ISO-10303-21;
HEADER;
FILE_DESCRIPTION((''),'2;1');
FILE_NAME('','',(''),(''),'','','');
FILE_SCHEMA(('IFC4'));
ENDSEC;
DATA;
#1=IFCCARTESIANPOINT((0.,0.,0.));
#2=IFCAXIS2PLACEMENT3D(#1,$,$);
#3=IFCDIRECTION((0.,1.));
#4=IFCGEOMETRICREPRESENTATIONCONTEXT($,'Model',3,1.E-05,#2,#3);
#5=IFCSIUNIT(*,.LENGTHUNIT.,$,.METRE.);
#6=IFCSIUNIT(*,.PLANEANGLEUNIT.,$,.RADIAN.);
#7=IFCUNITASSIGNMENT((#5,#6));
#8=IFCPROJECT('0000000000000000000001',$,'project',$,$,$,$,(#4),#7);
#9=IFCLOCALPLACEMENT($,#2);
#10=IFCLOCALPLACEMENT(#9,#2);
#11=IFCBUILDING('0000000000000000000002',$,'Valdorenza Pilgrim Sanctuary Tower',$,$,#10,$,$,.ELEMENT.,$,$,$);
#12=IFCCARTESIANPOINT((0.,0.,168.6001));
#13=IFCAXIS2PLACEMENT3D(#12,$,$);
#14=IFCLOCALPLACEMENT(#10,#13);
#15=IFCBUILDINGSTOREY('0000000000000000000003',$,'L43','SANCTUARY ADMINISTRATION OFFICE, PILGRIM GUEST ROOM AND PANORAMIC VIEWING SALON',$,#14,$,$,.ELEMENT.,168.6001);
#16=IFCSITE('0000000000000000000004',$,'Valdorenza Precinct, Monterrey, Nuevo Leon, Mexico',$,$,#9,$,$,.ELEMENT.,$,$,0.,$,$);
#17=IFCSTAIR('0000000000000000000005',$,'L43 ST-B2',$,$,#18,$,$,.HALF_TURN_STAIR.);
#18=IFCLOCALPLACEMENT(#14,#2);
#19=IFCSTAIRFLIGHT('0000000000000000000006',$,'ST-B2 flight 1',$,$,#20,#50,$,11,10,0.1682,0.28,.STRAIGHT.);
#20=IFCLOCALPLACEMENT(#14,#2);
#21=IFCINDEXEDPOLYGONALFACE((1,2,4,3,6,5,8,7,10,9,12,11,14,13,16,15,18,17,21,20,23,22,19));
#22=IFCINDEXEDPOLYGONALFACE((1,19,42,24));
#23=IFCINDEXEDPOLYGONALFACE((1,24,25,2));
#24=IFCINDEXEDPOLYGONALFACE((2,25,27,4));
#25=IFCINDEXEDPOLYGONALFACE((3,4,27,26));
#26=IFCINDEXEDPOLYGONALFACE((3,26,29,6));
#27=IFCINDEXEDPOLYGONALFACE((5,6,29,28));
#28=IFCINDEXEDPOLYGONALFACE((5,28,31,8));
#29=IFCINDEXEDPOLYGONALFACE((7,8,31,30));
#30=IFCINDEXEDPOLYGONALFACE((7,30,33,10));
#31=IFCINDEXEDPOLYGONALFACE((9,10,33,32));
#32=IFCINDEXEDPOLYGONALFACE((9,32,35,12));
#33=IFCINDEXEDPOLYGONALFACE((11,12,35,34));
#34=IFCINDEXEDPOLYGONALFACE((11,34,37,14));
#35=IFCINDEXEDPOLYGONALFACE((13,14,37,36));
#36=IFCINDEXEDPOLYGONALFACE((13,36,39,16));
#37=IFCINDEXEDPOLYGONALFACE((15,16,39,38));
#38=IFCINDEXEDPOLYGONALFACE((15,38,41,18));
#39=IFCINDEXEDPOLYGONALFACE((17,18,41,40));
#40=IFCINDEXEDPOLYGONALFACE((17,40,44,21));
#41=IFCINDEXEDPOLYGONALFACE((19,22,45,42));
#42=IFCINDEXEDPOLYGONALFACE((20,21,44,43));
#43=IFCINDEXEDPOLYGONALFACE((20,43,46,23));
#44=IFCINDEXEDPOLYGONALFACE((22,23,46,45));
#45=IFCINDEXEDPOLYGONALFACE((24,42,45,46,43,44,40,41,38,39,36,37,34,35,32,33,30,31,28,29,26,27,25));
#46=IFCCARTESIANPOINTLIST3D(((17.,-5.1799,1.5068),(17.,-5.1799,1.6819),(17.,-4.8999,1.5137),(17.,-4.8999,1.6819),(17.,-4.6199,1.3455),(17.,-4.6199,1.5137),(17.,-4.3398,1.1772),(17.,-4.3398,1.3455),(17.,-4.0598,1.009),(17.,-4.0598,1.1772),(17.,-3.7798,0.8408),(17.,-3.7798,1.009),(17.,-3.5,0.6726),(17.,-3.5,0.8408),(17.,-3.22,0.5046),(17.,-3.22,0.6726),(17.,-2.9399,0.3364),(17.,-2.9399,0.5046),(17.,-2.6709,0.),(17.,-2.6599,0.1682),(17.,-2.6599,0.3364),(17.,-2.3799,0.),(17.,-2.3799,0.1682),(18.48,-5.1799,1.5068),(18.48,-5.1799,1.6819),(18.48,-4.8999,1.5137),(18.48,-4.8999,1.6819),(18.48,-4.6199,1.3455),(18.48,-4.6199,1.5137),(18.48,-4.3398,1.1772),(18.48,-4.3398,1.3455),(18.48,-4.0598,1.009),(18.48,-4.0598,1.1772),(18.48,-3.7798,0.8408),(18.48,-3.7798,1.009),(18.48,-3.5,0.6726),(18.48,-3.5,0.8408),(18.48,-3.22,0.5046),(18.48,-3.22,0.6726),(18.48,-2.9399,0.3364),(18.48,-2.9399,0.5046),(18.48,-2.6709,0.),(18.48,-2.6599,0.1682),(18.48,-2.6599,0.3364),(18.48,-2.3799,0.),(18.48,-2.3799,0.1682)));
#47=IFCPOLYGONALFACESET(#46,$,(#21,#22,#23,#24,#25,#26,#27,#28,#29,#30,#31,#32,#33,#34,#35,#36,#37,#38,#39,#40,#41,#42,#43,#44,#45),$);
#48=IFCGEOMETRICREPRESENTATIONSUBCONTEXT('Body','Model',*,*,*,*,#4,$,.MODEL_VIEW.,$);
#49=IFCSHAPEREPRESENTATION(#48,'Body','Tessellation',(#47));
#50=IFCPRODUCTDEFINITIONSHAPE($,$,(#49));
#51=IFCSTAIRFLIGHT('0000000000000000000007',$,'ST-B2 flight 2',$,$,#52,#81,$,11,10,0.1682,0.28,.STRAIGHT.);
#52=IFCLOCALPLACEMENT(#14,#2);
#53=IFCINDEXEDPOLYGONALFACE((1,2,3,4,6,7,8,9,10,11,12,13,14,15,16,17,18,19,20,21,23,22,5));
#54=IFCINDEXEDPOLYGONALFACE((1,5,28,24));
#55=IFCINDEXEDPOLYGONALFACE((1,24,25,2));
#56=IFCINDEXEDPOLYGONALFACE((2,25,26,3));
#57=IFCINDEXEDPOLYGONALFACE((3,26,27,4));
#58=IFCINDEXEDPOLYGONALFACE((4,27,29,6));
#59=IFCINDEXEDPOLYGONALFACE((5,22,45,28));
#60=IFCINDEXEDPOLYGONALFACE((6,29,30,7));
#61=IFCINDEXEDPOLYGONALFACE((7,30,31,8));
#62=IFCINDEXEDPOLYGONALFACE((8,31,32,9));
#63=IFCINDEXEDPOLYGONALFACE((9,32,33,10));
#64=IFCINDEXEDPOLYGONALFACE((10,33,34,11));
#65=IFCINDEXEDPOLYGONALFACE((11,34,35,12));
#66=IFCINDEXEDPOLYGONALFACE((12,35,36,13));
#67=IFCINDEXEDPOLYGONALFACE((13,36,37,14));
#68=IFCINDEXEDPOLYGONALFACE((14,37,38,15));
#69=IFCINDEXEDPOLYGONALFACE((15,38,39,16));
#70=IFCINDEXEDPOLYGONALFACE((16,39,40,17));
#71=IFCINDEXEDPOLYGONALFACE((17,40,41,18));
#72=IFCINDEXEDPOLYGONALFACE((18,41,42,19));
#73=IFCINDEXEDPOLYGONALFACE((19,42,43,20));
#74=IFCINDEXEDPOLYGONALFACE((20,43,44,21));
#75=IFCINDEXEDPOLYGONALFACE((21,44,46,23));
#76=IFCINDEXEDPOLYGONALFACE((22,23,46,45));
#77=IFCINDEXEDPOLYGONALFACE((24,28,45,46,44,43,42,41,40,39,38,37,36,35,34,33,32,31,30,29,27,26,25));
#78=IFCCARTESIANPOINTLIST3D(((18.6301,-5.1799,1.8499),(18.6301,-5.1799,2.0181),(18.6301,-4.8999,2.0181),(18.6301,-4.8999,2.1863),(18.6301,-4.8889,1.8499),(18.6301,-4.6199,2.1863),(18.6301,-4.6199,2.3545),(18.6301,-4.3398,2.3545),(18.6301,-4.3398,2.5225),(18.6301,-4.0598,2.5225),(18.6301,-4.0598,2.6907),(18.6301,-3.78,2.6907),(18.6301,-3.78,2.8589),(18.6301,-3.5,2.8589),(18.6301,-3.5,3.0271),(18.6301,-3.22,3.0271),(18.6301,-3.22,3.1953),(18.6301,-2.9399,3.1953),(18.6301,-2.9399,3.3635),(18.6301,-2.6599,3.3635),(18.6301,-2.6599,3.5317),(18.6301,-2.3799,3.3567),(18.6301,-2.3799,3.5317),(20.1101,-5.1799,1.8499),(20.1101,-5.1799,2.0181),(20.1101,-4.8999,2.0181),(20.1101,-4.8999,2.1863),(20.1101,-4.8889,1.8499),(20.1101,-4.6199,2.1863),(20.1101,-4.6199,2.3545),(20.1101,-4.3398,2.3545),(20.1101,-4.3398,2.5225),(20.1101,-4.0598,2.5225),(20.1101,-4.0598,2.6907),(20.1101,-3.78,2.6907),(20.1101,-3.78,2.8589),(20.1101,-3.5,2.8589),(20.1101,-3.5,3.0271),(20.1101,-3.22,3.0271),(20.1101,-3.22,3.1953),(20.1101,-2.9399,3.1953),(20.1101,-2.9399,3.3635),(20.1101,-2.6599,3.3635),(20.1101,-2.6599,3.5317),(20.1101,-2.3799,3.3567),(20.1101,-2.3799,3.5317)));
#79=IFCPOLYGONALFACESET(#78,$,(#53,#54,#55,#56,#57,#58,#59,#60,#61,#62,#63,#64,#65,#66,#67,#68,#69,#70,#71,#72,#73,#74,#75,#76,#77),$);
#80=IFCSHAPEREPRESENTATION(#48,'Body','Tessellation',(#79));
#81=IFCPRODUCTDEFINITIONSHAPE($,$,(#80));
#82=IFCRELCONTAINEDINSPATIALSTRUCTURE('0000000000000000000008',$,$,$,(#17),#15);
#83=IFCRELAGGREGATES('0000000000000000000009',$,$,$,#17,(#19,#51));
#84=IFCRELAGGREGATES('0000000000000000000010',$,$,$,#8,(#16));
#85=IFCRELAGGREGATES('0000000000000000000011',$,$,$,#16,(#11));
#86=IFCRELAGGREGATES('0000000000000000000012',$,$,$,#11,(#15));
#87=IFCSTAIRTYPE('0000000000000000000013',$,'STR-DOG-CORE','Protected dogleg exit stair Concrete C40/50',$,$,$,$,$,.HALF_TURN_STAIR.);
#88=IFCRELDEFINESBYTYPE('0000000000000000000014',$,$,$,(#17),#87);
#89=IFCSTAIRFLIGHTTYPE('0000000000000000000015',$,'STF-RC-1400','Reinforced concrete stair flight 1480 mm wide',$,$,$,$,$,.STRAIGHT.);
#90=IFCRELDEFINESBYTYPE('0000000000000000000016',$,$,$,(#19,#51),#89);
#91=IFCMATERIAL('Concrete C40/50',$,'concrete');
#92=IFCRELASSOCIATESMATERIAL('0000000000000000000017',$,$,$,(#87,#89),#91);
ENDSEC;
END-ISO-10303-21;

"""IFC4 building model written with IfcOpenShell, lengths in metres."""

from ifc_helpers import new_model, si_unit, direction, frame, origin, place, context, subcontext, project, spatial, polyline, outline, extrude, material, type_object, element, aggregate, save


model = new_model("IFC4")

# Units and contexts
model_context = context("Model", 3, precision=1e-05, world=origin(), true_north=direction((0.0, 1.0)))
body_context = subcontext(model_context, "Body", "Model", "MODEL_VIEW")
ifc_project = project(units=[si_unit("LENGTHUNIT", "METRE"), si_unit("PLANEANGLEUNIT", "RADIAN")], contexts=[model_context])

# Site, building, storey
site_placement = place(None, origin())
site = spatial("IfcSite", under=ifc_project, at=site_placement, Name="Valdorenza Precinct, Monterrey, Nuevo Leon, Mexico", CompositionType="ELEMENT", RefElevation=0.0)
building_placement = place(site_placement, origin())
building = spatial("IfcBuilding", under=site, at=building_placement, Name="Valdorenza Pilgrim Sanctuary Tower", CompositionType="ELEMENT")
storey_placement = place(building_placement, frame((0.0, 0.0, 168.6001)))
storey = spatial("IfcBuildingStorey", under=building, at=storey_placement, Name="L43", Description="SANCTUARY ADMINISTRATION OFFICE, PILGRIM GUEST ROOM AND PANORAMIC VIEWING SALON", CompositionType="ELEMENT", Elevation=168.6001)

# Shared definitions
ifc_material_1 = material(Name="Concrete C40/50", Category="concrete")

# Stair, stair flights
stair_type = type_object("IfcStairType", Name="STR-DOG-CORE", Description="Protected dogleg exit stair Concrete C40/50", PredefinedType="HALF_TURN_STAIR", material=ifc_material_1)
stair_placement = place(storey_placement, origin())
stair = element("IfcStair", 1, at=stair_placement, inside=storey, type_object=stair_type, Name="L43 ST-B2", PredefinedType="HALF_TURN_STAIR")
stair_flight_type = type_object("IfcStairFlightType", Name="STF-RC-1400", Description="Reinforced concrete stair flight 1480 mm wide", PredefinedType="STRAIGHT", material=ifc_material_1)
stair_flight_1_placement = place(storey_placement, frame((17.74, -2.3799, 0.0), z_axis=(0.0, 0.0, 1.0), x_axis=(0.0, -1.0, 0.0)))
stair_flight_1 = element("IfcStairFlight", 2, at=stair_flight_1_placement, type_object=stair_flight_type, Name="ST-B2 flight 1", NumberOfRisers=11, NumberOfTreads=10, PredefinedType="STRAIGHT", RiserHeight=0.1682, TreadLength=0.28, context=body_context, shape_type="SweptSolid", body=[
    extrude(outline(polyline([(0.0, 0.0), (0.0, 0.1682), (0.28, 0.1682), (0.28, 0.3364), (0.5601, 0.3364), (0.5601, 0.5046), (0.8401, 0.5046), (0.8401, 0.6726), (1.1201, 0.6726), (1.1201, 0.8408), (1.3999, 0.8408), (1.3999, 1.009), (1.6799, 1.009), (1.6799, 1.1772), (1.96, 1.1772), (1.96, 1.3455), (2.24, 1.3455), (2.24, 1.5137), (2.52, 1.5137), (2.52, 1.6819), (2.8, 1.6819), (2.8, 1.8501), (2.8, 1.5068), (0.291, 0.0), (0.0, 0.0)])), frame((0.0, 0.74, 0.0), z_axis=(0.0, -1.0, 0.0), x_axis=(1.0, 0.0, 0.0)), (0.0, 0.0, 1.0), 1.48),
])
stair_flight_2_placement = place(storey_placement, frame((19.3701, -5.1799, 1.8499), z_axis=(0.0, 0.0, 1.0), x_axis=(0.0, 1.0, 0.0)))
stair_flight_2 = element("IfcStairFlight", 3, at=stair_flight_2_placement, type_object=stair_flight_type, Name="ST-B2 flight 2", NumberOfRisers=11, NumberOfTreads=10, PredefinedType="STRAIGHT", RiserHeight=0.1682, TreadLength=0.28, context=body_context, shape_type="SweptSolid", body=[
    extrude(outline(polyline([(0.0, 0.0), (0.0, 0.1682), (0.28, 0.1682), (0.28, 0.3364), (0.5601, 0.3364), (0.5601, 0.5046), (0.8401, 0.5046), (0.8401, 0.6726), (1.1201, 0.6726), (1.1201, 0.8408), (1.3999, 0.8408), (1.3999, 1.009), (1.6799, 1.009), (1.6799, 1.1772), (1.96, 1.1772), (1.96, 1.3455), (2.24, 1.3455), (2.24, 1.5137), (2.52, 1.5137), (2.52, 1.6819), (2.8, 1.6819), (2.8, 1.8501), (2.8, 1.5068), (0.291, 0.0), (0.0, 0.0)])), frame((0.0, 0.74, 0.0), z_axis=(0.0, -1.0, 0.0), x_axis=(1.0, 0.0, 0.0)), (0.0, 0.0, 1.0), 1.48),
])
aggregate(stair, [stair_flight_1, stair_flight_2])

save(model, "model.ifc")
